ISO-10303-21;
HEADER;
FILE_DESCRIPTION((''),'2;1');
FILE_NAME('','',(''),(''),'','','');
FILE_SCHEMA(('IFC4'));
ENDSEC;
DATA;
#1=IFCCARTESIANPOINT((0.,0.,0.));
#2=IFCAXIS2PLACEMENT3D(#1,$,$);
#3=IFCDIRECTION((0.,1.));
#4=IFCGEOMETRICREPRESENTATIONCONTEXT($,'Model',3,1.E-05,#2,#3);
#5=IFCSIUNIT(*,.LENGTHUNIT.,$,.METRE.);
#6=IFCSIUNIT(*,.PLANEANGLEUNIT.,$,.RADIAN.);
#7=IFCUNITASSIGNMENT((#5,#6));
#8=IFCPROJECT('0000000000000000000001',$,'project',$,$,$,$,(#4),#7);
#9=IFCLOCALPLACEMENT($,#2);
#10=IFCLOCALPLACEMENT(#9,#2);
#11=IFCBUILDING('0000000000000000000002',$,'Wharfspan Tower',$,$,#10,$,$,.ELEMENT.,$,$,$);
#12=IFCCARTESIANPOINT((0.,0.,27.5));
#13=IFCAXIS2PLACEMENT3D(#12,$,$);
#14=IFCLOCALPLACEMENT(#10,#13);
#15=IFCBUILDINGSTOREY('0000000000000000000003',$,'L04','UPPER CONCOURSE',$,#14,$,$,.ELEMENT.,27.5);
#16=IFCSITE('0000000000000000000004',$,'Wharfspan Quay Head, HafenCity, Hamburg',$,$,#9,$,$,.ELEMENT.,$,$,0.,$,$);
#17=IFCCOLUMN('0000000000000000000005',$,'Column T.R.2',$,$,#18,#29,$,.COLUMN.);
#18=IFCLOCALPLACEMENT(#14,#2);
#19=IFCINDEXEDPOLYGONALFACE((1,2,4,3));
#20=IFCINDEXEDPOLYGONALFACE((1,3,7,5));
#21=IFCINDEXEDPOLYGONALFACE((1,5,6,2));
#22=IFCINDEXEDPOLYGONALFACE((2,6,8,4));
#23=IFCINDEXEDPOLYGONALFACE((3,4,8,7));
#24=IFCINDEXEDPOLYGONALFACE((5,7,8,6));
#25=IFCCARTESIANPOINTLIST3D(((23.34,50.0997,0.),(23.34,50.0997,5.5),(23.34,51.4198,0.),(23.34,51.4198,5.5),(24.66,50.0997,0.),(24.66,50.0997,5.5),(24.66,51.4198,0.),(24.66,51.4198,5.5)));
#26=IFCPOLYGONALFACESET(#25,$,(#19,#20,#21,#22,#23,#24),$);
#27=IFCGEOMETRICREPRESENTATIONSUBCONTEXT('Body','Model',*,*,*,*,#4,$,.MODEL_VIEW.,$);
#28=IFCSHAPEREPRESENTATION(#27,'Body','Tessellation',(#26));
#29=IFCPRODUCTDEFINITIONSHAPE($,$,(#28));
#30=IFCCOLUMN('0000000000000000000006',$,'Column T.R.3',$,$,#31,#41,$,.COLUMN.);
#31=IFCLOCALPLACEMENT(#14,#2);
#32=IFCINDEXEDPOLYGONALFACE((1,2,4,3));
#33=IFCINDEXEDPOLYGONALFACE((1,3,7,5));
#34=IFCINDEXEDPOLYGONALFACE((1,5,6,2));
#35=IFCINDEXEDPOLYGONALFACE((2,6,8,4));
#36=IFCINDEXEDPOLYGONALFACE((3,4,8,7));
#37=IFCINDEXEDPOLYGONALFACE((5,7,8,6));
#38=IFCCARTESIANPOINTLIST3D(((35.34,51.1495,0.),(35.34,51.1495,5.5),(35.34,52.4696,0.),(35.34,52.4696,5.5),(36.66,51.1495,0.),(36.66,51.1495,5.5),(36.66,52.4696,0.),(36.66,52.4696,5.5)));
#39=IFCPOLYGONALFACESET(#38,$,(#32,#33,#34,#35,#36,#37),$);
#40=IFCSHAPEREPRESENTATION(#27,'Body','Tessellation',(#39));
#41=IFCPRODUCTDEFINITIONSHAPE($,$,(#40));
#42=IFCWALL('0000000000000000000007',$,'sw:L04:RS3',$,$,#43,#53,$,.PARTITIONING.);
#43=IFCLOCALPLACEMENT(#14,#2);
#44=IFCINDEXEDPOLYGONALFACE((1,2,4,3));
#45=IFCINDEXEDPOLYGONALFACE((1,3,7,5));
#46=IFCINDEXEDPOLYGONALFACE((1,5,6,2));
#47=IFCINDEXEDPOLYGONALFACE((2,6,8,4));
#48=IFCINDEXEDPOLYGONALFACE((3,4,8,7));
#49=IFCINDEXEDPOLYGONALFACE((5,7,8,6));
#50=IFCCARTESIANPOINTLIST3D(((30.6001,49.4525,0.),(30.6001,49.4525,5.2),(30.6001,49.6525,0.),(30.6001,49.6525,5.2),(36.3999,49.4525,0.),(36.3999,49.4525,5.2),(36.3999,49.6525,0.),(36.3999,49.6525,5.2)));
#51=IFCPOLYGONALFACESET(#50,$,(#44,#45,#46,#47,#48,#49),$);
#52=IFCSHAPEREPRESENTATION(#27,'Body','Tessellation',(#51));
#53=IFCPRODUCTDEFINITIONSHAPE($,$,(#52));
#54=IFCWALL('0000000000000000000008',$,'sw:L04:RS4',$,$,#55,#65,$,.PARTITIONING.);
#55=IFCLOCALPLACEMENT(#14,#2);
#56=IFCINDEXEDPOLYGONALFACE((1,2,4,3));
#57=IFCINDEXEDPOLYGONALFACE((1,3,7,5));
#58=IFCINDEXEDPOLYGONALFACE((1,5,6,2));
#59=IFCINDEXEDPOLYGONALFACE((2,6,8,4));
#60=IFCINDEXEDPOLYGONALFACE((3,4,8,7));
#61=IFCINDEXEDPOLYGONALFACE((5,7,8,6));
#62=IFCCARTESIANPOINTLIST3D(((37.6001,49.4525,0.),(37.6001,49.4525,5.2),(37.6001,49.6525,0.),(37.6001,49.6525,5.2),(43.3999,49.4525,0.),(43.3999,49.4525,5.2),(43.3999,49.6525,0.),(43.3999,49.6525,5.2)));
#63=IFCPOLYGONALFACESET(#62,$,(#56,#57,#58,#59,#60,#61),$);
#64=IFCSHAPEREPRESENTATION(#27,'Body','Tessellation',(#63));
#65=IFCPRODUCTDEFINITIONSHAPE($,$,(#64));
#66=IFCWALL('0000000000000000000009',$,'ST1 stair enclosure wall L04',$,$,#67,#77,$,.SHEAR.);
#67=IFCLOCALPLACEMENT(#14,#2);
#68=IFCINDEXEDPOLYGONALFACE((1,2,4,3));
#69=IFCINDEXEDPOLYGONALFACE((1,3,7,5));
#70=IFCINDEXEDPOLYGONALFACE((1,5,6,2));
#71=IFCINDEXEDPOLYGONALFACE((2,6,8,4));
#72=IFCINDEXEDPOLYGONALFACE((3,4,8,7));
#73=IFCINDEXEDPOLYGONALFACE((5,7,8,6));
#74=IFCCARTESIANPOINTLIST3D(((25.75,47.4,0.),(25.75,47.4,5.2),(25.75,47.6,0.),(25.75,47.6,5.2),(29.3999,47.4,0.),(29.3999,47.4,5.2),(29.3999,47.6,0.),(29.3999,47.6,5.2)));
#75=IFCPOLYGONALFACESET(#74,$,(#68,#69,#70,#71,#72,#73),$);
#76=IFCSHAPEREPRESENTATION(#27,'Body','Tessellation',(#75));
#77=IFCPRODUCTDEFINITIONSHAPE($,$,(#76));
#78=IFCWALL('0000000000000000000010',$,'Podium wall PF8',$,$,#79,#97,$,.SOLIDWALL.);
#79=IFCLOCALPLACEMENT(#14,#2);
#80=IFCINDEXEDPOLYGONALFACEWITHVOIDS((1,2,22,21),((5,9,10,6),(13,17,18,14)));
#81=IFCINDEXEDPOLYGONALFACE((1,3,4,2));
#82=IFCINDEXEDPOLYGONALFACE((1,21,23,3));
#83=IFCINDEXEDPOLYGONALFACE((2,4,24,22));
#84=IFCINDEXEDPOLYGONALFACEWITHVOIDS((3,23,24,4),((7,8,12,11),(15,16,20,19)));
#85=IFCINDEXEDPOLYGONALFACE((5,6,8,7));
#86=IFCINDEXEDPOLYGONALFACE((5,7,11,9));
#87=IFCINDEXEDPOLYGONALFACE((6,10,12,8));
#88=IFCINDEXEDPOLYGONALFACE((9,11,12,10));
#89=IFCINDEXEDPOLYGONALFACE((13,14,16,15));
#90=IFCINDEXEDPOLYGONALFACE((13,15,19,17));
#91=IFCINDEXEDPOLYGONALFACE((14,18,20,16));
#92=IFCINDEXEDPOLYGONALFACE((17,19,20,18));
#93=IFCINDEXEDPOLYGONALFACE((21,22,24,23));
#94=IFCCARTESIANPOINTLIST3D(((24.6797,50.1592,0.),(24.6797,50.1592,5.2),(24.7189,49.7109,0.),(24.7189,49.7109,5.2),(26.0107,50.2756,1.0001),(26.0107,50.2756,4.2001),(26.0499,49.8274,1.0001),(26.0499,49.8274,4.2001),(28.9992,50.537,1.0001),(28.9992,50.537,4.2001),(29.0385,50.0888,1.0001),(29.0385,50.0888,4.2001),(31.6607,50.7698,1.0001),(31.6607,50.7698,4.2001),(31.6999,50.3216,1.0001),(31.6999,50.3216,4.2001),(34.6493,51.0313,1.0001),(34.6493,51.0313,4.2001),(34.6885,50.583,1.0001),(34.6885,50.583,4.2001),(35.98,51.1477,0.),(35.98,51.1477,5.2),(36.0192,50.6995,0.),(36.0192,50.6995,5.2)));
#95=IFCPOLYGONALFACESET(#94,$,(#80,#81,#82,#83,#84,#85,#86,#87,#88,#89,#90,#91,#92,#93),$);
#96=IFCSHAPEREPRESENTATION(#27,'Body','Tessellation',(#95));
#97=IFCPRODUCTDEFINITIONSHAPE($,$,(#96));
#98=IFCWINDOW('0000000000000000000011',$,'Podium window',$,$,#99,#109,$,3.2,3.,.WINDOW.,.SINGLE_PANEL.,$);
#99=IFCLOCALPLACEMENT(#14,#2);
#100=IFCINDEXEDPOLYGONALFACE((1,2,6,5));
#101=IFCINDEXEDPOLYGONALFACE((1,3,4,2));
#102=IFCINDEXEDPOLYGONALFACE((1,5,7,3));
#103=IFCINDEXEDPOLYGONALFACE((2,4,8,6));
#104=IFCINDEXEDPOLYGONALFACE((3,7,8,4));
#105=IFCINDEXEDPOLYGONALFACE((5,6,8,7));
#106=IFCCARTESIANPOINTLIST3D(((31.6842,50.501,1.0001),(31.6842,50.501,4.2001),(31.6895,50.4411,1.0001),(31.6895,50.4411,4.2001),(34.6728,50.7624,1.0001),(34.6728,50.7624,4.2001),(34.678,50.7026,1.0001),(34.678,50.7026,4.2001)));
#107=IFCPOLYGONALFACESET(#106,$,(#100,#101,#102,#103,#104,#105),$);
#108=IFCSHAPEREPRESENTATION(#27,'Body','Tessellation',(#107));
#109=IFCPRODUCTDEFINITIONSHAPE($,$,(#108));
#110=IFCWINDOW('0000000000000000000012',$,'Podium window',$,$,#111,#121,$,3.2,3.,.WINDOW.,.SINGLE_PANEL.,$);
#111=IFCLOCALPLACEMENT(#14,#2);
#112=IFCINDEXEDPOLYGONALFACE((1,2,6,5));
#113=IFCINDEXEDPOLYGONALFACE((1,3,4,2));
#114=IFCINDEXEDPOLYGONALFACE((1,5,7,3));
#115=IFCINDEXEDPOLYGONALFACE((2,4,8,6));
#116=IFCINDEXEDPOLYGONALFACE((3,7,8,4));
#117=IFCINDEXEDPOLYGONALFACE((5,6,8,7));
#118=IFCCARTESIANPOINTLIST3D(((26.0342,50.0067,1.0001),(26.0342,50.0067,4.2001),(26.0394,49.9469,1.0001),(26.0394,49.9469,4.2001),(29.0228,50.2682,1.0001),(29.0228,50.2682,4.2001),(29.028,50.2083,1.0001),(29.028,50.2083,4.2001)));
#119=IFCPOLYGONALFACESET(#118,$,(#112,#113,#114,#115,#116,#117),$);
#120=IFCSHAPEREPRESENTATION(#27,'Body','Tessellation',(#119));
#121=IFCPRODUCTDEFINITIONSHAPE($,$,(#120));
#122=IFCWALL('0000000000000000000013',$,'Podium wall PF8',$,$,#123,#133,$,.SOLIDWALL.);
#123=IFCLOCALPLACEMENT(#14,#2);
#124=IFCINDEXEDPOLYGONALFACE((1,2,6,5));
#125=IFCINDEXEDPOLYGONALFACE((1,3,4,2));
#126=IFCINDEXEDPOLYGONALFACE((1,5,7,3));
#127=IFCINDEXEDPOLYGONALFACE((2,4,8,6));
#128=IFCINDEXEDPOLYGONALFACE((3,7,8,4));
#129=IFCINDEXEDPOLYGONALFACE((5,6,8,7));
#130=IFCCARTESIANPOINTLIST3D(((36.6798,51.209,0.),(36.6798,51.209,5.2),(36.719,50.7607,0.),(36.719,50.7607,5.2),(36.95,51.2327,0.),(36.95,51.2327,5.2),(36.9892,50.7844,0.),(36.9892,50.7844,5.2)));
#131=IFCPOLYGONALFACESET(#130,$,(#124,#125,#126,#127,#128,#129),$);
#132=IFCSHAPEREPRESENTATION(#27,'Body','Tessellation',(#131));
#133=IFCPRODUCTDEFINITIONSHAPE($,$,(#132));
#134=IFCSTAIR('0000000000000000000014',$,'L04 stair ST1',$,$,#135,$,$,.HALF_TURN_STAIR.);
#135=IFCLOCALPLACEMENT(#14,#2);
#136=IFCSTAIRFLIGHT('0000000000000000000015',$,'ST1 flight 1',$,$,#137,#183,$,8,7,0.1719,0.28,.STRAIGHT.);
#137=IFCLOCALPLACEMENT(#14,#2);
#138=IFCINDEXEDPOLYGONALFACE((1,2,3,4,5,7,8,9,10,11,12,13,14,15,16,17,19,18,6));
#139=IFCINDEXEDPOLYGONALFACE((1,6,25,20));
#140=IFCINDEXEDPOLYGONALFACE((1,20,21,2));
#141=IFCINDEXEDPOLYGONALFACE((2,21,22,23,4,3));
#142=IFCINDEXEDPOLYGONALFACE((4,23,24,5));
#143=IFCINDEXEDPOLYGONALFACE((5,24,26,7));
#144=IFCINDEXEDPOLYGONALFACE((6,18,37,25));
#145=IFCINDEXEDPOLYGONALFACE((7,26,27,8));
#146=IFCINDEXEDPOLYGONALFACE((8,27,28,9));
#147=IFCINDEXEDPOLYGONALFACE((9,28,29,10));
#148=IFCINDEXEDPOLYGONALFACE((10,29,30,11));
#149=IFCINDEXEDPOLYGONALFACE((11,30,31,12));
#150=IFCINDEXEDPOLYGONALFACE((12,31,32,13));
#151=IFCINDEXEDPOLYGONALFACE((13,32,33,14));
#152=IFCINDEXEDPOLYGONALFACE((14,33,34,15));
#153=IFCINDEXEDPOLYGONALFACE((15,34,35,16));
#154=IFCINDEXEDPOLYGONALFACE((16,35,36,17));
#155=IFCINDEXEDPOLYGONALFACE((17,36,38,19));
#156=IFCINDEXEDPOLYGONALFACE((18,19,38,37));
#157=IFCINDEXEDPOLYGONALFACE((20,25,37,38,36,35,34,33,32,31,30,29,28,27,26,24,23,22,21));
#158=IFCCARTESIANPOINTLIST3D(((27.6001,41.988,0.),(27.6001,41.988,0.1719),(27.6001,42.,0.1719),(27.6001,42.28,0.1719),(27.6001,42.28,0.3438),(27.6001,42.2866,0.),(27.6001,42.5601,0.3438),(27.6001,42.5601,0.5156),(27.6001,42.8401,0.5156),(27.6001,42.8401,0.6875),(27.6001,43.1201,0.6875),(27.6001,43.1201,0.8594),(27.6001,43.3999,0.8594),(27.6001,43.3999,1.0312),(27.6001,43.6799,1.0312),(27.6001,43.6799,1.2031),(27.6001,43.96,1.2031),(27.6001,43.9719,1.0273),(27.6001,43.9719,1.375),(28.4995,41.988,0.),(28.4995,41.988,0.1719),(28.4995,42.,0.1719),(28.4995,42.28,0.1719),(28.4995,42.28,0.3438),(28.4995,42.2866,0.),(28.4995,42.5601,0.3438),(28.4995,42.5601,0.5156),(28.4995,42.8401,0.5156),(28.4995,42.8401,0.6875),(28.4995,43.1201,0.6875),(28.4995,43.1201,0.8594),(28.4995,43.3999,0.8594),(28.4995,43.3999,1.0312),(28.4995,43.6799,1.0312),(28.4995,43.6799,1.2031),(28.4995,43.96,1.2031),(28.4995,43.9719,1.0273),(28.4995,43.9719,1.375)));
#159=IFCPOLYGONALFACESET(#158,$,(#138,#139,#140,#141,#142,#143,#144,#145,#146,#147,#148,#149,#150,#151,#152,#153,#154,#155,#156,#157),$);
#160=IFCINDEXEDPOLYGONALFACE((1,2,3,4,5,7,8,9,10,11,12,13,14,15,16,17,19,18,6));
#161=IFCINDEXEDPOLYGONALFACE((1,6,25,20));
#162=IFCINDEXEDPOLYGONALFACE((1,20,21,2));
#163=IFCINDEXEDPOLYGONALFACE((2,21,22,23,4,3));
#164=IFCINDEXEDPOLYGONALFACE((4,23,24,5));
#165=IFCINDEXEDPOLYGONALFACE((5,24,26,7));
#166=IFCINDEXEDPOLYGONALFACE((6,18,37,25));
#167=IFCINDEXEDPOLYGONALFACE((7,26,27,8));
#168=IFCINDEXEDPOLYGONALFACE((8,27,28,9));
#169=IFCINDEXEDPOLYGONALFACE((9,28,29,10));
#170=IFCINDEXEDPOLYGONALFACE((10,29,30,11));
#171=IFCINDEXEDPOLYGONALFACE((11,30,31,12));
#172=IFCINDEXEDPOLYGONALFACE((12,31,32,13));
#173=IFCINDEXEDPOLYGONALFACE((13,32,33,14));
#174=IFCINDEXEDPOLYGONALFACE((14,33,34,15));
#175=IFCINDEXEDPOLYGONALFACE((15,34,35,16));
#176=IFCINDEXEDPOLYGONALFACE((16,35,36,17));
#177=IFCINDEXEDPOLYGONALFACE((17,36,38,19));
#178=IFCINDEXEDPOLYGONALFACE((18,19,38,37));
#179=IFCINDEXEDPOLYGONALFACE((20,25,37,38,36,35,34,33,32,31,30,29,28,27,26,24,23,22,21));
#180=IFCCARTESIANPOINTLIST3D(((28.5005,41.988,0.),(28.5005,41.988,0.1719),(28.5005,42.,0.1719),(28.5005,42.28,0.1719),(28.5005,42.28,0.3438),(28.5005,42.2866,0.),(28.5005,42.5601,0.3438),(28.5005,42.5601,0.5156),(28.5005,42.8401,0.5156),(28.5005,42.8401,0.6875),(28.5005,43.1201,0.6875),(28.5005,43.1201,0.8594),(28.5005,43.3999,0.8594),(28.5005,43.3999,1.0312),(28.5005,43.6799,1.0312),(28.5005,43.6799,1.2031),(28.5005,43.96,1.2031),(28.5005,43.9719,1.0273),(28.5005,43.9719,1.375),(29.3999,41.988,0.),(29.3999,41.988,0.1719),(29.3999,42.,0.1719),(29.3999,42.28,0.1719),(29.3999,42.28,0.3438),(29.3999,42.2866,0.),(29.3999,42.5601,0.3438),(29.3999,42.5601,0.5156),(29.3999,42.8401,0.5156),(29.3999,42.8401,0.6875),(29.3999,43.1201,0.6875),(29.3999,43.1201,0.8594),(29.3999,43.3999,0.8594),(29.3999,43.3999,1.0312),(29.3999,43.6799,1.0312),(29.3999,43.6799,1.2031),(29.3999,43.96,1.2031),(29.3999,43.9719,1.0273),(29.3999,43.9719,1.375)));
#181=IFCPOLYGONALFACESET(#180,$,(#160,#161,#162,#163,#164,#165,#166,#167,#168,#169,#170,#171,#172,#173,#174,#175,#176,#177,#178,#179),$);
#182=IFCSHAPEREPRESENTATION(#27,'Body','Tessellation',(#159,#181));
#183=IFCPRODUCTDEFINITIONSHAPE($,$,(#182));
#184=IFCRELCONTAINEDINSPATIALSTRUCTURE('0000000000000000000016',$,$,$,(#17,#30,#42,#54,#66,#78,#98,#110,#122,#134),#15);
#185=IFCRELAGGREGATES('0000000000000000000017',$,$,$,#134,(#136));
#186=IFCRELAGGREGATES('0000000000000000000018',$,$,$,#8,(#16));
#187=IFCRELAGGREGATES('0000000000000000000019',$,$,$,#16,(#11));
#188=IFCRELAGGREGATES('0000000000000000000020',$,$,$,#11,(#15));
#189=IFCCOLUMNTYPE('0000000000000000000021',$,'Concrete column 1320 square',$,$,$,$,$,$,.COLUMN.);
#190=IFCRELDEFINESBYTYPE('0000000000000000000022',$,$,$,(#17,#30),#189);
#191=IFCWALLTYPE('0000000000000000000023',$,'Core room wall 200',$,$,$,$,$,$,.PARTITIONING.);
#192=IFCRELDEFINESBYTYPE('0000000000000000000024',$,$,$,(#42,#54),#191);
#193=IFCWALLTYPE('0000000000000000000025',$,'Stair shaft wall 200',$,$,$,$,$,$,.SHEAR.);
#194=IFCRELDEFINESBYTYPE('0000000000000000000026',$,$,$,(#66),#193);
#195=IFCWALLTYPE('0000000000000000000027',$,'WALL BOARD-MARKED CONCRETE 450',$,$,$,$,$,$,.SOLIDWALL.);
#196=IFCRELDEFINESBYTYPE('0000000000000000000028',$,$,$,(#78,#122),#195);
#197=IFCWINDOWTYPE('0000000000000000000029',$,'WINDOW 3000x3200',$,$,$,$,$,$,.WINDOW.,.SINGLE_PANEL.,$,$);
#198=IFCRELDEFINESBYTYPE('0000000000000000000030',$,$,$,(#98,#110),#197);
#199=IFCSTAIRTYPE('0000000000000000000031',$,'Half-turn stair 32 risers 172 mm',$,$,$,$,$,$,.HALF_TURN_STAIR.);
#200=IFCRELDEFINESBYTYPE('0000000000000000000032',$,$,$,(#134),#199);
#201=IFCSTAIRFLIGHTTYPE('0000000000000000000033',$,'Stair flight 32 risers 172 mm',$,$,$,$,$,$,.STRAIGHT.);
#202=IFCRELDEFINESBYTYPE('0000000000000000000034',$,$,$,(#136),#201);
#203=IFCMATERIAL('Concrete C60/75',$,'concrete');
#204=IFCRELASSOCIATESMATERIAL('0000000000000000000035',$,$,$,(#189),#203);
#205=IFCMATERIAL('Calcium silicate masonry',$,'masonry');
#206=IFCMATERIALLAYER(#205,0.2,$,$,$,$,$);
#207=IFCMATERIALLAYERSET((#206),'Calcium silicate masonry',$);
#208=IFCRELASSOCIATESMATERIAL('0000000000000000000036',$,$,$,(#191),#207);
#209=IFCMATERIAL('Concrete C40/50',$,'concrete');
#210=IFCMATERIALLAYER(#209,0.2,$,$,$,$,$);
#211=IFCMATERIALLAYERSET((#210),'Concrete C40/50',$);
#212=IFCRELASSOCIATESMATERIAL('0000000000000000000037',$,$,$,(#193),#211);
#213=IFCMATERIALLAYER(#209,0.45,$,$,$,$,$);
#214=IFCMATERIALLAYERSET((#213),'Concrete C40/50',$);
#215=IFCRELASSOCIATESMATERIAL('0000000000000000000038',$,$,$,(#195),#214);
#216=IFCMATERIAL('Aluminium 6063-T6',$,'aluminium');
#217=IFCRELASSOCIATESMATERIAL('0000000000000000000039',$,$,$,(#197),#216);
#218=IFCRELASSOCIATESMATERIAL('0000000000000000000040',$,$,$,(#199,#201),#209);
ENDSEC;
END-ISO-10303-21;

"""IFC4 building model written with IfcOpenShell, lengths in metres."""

from ifc_helpers import new_model, si_unit, direction, frame, frame_2d, origin, origin_2d, place, context, subcontext, project, spatial, polyline, rectangle, outline, extrude, material, layer, layer_set, material_profile, profile_set, type_object, element, fill, aggregate, save


model = new_model("IFC4")

# Units and contexts
model_context = context("Model", 3, precision=1e-05, world=origin(), true_north=direction((0.0, 1.0)))
body_context = subcontext(model_context, "Body", "Model", "MODEL_VIEW")
ifc_project = project(units=[si_unit("LENGTHUNIT", "METRE"), si_unit("PLANEANGLEUNIT", "RADIAN")], contexts=[model_context])

# Site, building, storey
site_placement = place(None, origin())
site = spatial("IfcSite", under=ifc_project, at=site_placement, Name="Wharfspan Quay Head, HafenCity, Hamburg", CompositionType="ELEMENT", RefElevation=0.0)
building_placement = place(site_placement, origin())
building = spatial("IfcBuilding", under=site, at=building_placement, Name="Wharfspan Tower", CompositionType="ELEMENT")
storey_placement = place(building_placement, frame((0.0, 0.0, 27.5)))
storey = spatial("IfcBuildingStorey", under=building, at=storey_placement, Name="L04", Description="UPPER CONCOURSE", CompositionType="ELEMENT", Elevation=27.5)

# Columns
ifc_material_1 = material(Name="Concrete C60/75", Category="concrete")
ifc_material_profile = material_profile(ifc_material_1, rectangle(XDim=1.3201, YDim=1.3201, at=origin_2d()))
ifc_profile_set = profile_set([ifc_material_profile], Name="Concrete C60/75")
column_type = type_object("IfcColumnType", Name="Concrete column 1320 square", PredefinedType="COLUMN", material=ifc_profile_set)
for number, where, z_axis, x_axis, name in (
    (1, (24.0, 50.7598, 0.0), (0.0, 0.0, 1.0), (1.0, 0.0, 0.0), "Column T.R.2"),
    (2, (36.0, 51.8096, 0.0), (0.0, 0.0, 1.0), (1.0, 0.0, 0.0), "Column T.R.3"),
):
    element("IfcColumn", number, at=place(storey_placement, frame(where, z_axis=z_axis, x_axis=x_axis)), inside=storey, type_object=column_type, Name=name, PredefinedType="COLUMN", context=body_context, shape_type="SweptSolid", body=[
        extrude(rectangle(XDim=1.3201, YDim=1.3201, at=origin_2d()), origin(), (0.0, 0.0, 1.0), 5.5),
    ])

# Walls
ifc_material_2 = material(Name="Calcium silicate masonry", Category="masonry")
ifc_layer_1 = layer(ifc_material_2, 0.2)
ifc_layer_set_1 = layer_set([ifc_layer_1], Name="Calcium silicate masonry")
wall_type_1 = type_object("IfcWallType", Name="Core room wall 200", PredefinedType="PARTITIONING", material=ifc_layer_set_1)
for number, where, z_axis, x_axis, name in (
    (3, (30.6001, 49.5525, 0.0), (0.0, 0.0, 1.0), (1.0, 0.0, 0.0), "sw:L04:RS3"),
    (4, (37.6001, 49.5525, 0.0), (0.0, 0.0, 1.0), (1.0, 0.0, 0.0), "sw:L04:RS4"),
):
    element("IfcWall", number, at=place(storey_placement, frame(where, z_axis=z_axis, x_axis=x_axis)), inside=storey, type_object=wall_type_1, Name=name, PredefinedType="PARTITIONING", context=body_context, shape_type="SweptSolid", body=[
        extrude(rectangle(XDim=5.7998, YDim=0.2, at=frame_2d((2.8999, 0.0))), origin(), (0.0, 0.0, 1.0), 5.2),
    ])
ifc_material_3 = material(Name="Concrete C40/50", Category="concrete")
ifc_layer_2 = layer(ifc_material_3, 0.2)
ifc_layer_set_2 = layer_set([ifc_layer_2], Name="Concrete C40/50")
wall_type_2 = type_object("IfcWallType", Name="Stair shaft wall 200", PredefinedType="SHEAR", material=ifc_layer_set_2)
wall_1_placement = place(storey_placement, frame((25.75, 47.5, 0.0), z_axis=(0.0, 0.0, 1.0), x_axis=(1.0, 0.0, 0.0)))
element("IfcWall", 5, at=wall_1_placement, inside=storey, type_object=wall_type_2, Name="ST1 stair enclosure wall L04", PredefinedType="SHEAR", context=body_context, shape_type="SweptSolid", body=[
    extrude(rectangle(XDim=3.6499, YDim=0.2, at=frame_2d((1.825, 0.0))), origin(), (0.0, 0.0, 1.0), 5.2),
])

# Wall, openings, windows
ifc_layer_3 = layer(ifc_material_3, 0.45)
ifc_layer_set_3 = layer_set([ifc_layer_3], Name="Concrete C40/50")
wall_type_3 = type_object("IfcWallType", Name="WALL BOARD-MARKED CONCRETE 450", PredefinedType="SOLIDWALL", material=ifc_layer_set_3)
wall_2_placement = place(storey_placement, frame((35.9998, 50.9236, 0.0), z_axis=(0.0, 0.0, 1.0), x_axis=(-0.996195, -0.087145, 0.0)))
wall_2 = element("IfcWall", 6, at=wall_2_placement, inside=storey, type_object=wall_type_3, Name="Podium wall PF8", PredefinedType="SOLIDWALL", context=body_context, shape_type="SweptSolid", body=[
    extrude(rectangle(XDim=11.3435, YDim=0.45, at=frame_2d((5.6719, 0.0))), origin(), (0.0, 0.0, 1.0), 5.2),
])
opening_1_placement = place(wall_2_placement, frame((1.3359, 0.0, 1.0)))
opening_1 = element("IfcOpeningElement", 7, at=opening_1_placement, cuts=wall_2, PredefinedType="OPENING", context=body_context, shape_type="SweptSolid", body=[
    extrude(rectangle(XDim=3.0, YDim=3.2, at=frame_2d((1.5, 1.6001))), frame((0.0, 0.2349, 0.0), z_axis=(0.0, -1.0, 0.0), x_axis=(1.0, 0.0, 0.0)), (0.0, 0.0, 1.0), 0.47),
])
opening_2_placement = place(wall_2_placement, frame((7.0076, 0.0, 1.0)))
opening_2 = element("IfcOpeningElement", 8, at=opening_2_placement, cuts=wall_2, PredefinedType="OPENING", context=body_context, shape_type="SweptSolid", body=[
    extrude(rectangle(XDim=3.0, YDim=3.2, at=frame_2d((1.5, 1.6001))), frame((0.0, 0.2349, 0.0), z_axis=(0.0, -1.0, 0.0), x_axis=(1.0, 0.0, 0.0)), (0.0, 0.0, 1.0), 0.47),
])
ifc_material_4 = material(Name="Aluminium 6063-T6", Category="aluminium")
window_type = type_object("IfcWindowType", Name="WINDOW 3000x3200", PartitioningType="SINGLE_PANEL", PredefinedType="WINDOW", material=ifc_material_4)
window_1_placement = place(opening_1_placement, origin())
window_1 = element("IfcWindow", 9, at=window_1_placement, inside=storey, type_object=window_type, Name="Podium window", OverallHeight=3.2, OverallWidth=3.0, PartitioningType="SINGLE_PANEL", PredefinedType="WINDOW", context=body_context, shape_type="SweptSolid", body=[
    extrude(rectangle(XDim=3.0, YDim=3.2, at=frame_2d((1.5, 1.6001))), frame((0.0, 0.105, 0.0), z_axis=(0.0, -1.0, 0.0), x_axis=(1.0, 0.0, 0.0)), (0.0, 0.0, 1.0), 0.0601),
])
fill(opening_1, window_1)
window_2_placement = place(opening_2_placement, origin())
window_2 = element("IfcWindow", 10, at=window_2_placement, inside=storey, type_object=window_type, Name="Podium window", OverallHeight=3.2, OverallWidth=3.0, PartitioningType="SINGLE_PANEL", PredefinedType="WINDOW", context=body_context, shape_type="SweptSolid", body=[
    extrude(rectangle(XDim=3.0, YDim=3.2, at=frame_2d((1.5, 1.6001))), frame((0.0, 0.105, 0.0), z_axis=(0.0, -1.0, 0.0), x_axis=(1.0, 0.0, 0.0)), (0.0, 0.0, 1.0), 0.0601),
])
fill(opening_2, window_2)

# Wall
wall_3_placement = place(storey_placement, frame((36.9697, 51.0085, 0.0), z_axis=(0.0, 0.0, 1.0), x_axis=(-0.996186, -0.08729, 0.0)))
element("IfcWall", 11, at=wall_3_placement, inside=storey, type_object=wall_type_3, Name="Podium wall PF8", PredefinedType="SOLIDWALL", context=body_context, shape_type="SweptSolid", body=[
    extrude(rectangle(XDim=0.2712, YDim=0.45, at=frame_2d((0.1357, 0.0))), origin(), (0.0, 0.0, 1.0), 5.2),
])

# Stair, stair flight
stair_type = type_object("IfcStairType", Name="Half-turn stair 32 risers 172 mm", PredefinedType="HALF_TURN_STAIR", material=ifc_material_3)
stair_placement = place(storey_placement, origin())
stair = element("IfcStair", 12, at=stair_placement, inside=storey, type_object=stair_type, Name="L04 stair ST1", PredefinedType="HALF_TURN_STAIR")
stair_flight_type = type_object("IfcStairFlightType", Name="Stair flight 32 risers 172 mm", PredefinedType="STRAIGHT", material=ifc_material_3)
stair_flight_1_placement = place(storey_placement, frame((28.5, 42.0, 0.0), z_axis=(0.0, 0.0, 1.0), x_axis=(0.0, 1.0, 0.0)))
stair_flight_1 = element("IfcStairFlight", 13, at=stair_flight_1_placement, type_object=stair_flight_type, Name="ST1 flight 1", NumberOfRisers=8, NumberOfTreads=7, PredefinedType="STRAIGHT", RiserHeight=0.1719, TreadLength=0.28, context=body_context, shape_type="SweptSolid", body=[
    extrude(outline(polyline([(-0.012, 0.0), (-0.012, 0.1719), (0.0, 0.1719), (0.28, 0.1719), (0.28, 0.3438), (0.5601, 0.3438), (0.5601, 0.5156), (0.8401, 0.5156), (0.8401, 0.6875), (1.1201, 0.6875), (1.1201, 0.8594), (1.3999, 0.8594), (1.3999, 1.0312), (1.6799, 1.0312), (1.6799, 1.2031), (1.96, 1.2031), (1.9719, 1.375), (1.9719, 1.0273), (0.2866, 0.0), (-0.012, 0.0)])), frame((0.0, 0.8999, 0.0), z_axis=(0.0, -1.0, 0.0), x_axis=(1.0, 0.0, 0.0)), (0.0, 0.0, 1.0), 0.8994),
    extrude(outline(polyline([(-0.012, 0.0), (-0.012, 0.1719), (0.0, 0.1719), (0.28, 0.1719), (0.28, 0.3438), (0.5601, 0.3438), (0.5601, 0.5156), (0.8401, 0.5156), (0.8401, 0.6875), (1.1201, 0.6875), (1.1201, 0.8594), (1.3999, 0.8594), (1.3999, 1.0312), (1.6799, 1.0312), (1.6799, 1.2031), (1.96, 1.2031), (1.9719, 1.375), (1.9719, 1.0273), (0.2866, 0.0), (-0.012, 0.0)])), frame((0.0, -0.0005, 0.0), z_axis=(0.0, -1.0, 0.0), x_axis=(1.0, 0.0, 0.0)), (0.0, 0.0, 1.0), 0.8994),
])
aggregate(stair, [stair_flight_1])

save(model, "model.ifc")
